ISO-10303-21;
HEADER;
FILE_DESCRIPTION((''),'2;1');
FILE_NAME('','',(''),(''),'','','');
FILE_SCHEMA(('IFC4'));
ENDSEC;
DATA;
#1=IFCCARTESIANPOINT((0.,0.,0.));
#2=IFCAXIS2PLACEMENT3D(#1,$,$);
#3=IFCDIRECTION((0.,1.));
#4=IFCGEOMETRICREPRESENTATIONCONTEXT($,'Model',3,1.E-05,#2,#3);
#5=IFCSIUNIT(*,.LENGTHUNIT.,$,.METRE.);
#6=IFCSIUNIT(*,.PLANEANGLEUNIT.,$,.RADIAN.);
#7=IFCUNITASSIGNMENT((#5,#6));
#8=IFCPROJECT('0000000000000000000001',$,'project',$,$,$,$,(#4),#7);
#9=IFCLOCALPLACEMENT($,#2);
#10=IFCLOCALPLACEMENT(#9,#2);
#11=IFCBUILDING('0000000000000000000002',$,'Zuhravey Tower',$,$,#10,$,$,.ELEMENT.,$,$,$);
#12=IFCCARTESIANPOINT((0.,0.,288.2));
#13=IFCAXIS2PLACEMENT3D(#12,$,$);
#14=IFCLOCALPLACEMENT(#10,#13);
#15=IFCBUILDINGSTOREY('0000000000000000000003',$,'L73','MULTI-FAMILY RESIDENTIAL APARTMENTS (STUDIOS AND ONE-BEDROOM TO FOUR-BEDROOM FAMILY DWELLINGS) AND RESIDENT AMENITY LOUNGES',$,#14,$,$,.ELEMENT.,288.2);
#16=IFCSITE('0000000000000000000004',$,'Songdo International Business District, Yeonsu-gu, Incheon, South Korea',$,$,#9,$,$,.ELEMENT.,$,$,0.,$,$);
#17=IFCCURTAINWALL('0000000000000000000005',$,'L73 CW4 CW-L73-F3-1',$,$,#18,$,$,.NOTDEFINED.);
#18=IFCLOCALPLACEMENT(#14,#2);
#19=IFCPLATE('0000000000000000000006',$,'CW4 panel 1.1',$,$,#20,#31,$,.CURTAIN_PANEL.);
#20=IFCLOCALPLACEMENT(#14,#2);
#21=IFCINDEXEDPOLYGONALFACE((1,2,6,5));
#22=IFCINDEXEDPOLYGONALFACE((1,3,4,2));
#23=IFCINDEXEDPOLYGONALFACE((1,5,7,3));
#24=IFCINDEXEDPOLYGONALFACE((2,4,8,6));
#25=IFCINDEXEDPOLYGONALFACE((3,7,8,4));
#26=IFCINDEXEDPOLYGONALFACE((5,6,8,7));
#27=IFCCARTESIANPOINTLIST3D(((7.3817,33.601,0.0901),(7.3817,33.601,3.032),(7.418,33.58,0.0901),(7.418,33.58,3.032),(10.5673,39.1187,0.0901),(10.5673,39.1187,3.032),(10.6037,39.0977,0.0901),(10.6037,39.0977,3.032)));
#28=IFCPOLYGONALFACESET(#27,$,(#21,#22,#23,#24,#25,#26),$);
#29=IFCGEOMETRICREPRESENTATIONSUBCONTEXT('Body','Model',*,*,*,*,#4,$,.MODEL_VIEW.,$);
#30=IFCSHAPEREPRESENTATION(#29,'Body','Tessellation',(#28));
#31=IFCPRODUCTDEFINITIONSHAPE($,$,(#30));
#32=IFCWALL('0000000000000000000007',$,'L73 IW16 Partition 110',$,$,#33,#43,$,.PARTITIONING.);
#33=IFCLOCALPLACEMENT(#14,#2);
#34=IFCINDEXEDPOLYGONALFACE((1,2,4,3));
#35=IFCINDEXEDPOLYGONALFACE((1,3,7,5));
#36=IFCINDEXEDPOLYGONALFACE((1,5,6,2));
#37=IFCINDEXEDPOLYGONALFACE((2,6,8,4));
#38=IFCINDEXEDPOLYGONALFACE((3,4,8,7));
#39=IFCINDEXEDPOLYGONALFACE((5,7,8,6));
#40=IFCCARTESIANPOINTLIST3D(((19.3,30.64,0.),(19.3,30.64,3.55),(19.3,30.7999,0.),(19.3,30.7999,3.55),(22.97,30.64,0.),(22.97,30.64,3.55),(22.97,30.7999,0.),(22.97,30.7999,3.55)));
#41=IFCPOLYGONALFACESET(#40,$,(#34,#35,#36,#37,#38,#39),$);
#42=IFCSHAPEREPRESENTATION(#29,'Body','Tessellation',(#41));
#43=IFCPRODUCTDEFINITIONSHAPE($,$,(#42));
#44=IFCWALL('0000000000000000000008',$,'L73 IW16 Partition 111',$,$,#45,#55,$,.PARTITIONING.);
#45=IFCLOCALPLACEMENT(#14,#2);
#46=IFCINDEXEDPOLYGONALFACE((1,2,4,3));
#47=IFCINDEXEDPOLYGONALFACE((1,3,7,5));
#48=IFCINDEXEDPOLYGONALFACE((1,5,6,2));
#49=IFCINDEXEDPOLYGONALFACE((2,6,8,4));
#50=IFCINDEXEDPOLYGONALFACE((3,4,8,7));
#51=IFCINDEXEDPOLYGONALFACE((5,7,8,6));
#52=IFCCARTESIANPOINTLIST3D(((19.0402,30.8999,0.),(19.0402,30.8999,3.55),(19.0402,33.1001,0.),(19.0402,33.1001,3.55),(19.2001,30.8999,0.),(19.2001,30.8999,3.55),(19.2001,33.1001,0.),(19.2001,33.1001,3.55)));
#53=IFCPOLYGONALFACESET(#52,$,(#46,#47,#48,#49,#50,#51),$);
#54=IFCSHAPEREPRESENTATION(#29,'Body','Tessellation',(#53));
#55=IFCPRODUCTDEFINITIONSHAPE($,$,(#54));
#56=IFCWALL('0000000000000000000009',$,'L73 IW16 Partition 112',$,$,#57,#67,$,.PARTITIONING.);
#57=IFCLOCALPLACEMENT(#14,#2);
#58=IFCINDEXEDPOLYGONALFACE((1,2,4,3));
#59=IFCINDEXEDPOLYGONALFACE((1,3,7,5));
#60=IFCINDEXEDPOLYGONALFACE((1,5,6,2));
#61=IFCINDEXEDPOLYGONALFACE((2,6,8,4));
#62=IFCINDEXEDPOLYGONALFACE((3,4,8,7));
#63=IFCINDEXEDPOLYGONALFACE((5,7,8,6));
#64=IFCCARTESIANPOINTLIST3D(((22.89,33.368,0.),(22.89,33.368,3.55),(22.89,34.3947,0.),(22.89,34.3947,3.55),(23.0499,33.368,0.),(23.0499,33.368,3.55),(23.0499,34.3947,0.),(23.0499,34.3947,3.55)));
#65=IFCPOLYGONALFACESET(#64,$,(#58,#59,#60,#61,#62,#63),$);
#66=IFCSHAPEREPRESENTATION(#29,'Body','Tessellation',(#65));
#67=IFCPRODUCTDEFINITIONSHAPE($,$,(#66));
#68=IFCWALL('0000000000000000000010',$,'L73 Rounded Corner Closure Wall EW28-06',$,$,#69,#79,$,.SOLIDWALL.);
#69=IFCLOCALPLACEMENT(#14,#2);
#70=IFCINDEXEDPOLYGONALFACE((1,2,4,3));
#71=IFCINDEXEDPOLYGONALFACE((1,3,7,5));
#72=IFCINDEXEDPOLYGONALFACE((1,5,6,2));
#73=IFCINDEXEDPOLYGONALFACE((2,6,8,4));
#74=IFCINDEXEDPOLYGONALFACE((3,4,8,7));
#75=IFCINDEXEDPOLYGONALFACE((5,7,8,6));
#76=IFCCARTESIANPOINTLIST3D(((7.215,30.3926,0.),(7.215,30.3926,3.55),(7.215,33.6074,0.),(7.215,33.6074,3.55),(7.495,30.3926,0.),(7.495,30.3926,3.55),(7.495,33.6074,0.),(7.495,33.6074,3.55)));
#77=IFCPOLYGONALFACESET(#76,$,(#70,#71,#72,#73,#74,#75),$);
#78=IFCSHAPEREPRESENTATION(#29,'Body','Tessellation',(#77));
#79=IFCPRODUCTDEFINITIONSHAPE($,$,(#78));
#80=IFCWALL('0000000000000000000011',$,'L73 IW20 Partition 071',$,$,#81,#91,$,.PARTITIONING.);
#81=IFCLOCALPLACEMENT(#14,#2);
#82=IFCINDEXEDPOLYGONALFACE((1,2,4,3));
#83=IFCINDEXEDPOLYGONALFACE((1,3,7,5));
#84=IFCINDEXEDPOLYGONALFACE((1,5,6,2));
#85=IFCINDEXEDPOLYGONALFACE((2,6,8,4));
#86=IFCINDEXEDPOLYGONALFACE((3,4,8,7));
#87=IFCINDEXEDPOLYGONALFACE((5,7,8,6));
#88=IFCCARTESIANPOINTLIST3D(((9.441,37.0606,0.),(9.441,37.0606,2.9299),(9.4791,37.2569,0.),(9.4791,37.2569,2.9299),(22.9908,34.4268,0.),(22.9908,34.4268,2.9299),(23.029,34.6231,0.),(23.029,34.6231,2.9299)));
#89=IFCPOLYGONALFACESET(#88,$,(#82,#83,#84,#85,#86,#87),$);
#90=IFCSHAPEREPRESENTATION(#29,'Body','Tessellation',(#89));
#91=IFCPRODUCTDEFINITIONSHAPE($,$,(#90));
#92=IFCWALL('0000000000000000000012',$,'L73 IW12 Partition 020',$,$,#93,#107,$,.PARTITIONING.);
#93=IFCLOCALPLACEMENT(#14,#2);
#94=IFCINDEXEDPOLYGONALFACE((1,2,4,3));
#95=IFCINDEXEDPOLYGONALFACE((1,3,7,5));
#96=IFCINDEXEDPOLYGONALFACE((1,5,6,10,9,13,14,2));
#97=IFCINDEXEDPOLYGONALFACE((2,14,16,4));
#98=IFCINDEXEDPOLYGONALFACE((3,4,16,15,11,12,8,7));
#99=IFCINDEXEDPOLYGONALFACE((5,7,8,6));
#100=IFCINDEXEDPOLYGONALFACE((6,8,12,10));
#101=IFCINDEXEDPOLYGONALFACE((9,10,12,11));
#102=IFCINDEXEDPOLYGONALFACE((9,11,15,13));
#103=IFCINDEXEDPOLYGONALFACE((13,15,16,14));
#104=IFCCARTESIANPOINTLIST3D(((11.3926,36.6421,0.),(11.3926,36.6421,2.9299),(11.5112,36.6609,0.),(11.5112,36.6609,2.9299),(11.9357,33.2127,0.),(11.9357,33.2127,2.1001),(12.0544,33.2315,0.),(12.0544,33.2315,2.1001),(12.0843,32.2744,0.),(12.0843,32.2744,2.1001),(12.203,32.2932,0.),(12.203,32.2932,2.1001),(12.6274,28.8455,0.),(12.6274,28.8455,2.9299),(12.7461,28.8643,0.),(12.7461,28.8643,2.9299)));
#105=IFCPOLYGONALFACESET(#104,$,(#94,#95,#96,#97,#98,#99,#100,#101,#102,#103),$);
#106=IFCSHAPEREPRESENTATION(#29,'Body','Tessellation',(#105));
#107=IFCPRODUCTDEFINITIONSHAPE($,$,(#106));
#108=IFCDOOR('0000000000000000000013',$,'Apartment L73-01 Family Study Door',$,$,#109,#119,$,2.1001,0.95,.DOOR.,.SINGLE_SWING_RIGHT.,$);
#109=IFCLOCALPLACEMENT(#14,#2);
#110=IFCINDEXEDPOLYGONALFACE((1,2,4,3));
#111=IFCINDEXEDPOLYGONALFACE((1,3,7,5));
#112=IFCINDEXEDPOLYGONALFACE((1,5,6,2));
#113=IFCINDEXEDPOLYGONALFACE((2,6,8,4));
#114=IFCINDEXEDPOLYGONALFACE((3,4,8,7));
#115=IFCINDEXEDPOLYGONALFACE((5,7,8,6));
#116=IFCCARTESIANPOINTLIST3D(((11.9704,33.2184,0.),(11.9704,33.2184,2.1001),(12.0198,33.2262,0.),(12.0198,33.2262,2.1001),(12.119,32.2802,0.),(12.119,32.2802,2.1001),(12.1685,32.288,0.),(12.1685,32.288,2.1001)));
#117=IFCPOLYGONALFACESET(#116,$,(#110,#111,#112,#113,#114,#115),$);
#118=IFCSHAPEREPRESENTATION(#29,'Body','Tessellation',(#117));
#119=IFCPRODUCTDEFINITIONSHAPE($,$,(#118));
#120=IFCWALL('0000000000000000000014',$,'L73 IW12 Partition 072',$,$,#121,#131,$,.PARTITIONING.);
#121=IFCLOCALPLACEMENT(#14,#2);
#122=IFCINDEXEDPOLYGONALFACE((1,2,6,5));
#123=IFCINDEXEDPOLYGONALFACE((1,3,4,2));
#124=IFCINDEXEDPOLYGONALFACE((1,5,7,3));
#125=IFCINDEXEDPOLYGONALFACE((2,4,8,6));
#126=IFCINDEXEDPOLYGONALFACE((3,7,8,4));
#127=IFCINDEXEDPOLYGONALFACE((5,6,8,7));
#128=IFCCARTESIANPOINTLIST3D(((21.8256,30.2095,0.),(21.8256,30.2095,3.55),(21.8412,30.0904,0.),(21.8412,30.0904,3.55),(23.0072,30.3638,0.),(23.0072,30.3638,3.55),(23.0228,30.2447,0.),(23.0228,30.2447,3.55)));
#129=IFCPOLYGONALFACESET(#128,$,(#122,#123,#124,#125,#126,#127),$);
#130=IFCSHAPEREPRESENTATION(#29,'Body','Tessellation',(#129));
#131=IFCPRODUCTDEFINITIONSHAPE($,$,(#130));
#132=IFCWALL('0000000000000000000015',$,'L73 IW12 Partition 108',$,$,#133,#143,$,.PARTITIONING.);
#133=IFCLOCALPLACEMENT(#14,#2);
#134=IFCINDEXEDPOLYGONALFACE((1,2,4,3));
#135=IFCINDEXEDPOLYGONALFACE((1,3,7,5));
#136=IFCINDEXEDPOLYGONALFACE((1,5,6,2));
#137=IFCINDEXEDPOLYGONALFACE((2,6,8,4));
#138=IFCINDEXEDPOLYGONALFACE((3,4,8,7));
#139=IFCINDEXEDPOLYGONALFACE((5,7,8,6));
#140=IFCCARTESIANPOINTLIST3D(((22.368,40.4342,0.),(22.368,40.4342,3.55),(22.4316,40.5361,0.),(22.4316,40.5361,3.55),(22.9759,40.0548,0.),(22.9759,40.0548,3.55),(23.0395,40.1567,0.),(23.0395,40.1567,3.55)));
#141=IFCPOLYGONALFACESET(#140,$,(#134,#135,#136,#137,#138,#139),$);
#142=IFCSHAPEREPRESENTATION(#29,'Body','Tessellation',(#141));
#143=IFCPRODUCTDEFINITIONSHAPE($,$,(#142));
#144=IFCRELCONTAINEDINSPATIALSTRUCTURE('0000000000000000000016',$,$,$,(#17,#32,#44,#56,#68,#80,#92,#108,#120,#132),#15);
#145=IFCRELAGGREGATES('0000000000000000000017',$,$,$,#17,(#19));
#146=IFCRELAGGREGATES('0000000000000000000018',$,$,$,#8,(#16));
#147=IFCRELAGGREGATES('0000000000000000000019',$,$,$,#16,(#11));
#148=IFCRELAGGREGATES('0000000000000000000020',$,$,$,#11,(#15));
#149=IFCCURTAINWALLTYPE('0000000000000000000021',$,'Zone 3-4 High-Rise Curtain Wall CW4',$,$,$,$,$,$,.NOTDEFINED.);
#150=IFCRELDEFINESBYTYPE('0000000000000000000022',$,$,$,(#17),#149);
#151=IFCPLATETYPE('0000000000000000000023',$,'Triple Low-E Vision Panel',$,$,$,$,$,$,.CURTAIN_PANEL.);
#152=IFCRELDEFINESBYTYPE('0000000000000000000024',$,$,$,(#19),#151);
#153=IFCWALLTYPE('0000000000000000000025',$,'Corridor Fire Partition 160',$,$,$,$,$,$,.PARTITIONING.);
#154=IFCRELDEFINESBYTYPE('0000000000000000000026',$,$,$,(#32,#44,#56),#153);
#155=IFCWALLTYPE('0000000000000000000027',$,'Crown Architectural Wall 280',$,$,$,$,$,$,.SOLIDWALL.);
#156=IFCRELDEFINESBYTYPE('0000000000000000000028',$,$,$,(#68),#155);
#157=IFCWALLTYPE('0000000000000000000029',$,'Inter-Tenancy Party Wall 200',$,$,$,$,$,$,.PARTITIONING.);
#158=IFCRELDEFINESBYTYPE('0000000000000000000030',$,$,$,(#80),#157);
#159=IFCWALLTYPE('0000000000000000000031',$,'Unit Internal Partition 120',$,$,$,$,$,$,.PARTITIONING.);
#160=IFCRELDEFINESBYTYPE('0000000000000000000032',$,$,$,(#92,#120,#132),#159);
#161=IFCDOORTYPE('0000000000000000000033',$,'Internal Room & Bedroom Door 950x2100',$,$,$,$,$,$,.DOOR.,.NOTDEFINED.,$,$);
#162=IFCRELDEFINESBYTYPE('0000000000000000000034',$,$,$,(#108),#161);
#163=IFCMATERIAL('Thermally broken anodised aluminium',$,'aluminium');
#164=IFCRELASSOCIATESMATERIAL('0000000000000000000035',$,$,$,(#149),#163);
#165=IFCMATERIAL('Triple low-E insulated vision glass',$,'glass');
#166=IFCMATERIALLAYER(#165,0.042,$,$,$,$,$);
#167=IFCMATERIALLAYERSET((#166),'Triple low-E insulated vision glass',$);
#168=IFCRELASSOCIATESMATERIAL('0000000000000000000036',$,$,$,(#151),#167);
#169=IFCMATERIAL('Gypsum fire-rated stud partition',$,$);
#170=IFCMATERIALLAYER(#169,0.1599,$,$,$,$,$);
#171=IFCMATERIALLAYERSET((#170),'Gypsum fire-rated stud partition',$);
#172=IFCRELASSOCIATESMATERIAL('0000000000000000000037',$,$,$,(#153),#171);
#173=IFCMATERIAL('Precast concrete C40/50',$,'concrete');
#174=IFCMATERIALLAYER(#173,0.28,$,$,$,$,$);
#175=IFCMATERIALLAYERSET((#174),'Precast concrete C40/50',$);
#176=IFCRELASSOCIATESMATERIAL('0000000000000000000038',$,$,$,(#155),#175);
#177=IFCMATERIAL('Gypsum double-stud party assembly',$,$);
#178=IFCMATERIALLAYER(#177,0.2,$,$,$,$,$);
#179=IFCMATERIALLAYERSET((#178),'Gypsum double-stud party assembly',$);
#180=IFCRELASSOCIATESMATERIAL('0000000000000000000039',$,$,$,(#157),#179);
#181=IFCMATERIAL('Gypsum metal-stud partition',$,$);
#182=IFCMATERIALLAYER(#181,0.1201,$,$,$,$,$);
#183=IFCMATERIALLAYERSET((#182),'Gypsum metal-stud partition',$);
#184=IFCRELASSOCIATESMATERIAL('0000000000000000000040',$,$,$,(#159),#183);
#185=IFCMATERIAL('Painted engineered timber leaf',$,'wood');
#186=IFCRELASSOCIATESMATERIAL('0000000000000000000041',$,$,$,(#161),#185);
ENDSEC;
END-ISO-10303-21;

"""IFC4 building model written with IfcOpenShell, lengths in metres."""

from ifc_helpers import new_model, si_unit, direction, frame, frame_2d, origin, origin_2d, place, context, subcontext, project, spatial, rectangle, extrude, material, layer, layer_set, type_object, element, fill, aggregate, save


model = new_model("IFC4")

# Units and contexts
model_context = context("Model", 3, precision=1e-05, world=origin(), true_north=direction((0.0, 1.0)))
body_context = subcontext(model_context, "Body", "Model", "MODEL_VIEW")
ifc_project = project(units=[si_unit("LENGTHUNIT", "METRE"), si_unit("PLANEANGLEUNIT", "RADIAN")], contexts=[model_context])

# Site, building, storey
site_placement = place(None, origin())
site = spatial("IfcSite", under=ifc_project, at=site_placement, Name="Songdo International Business District, Yeonsu-gu, Incheon, South Korea", CompositionType="ELEMENT", RefElevation=0.0)
building_placement = place(site_placement, origin())
building = spatial("IfcBuilding", under=site, at=building_placement, Name="Zuhravey Tower", CompositionType="ELEMENT")
storey_placement = place(building_placement, frame((0.0, 0.0, 288.2)))
storey = spatial("IfcBuildingStorey", under=building, at=storey_placement, Name="L73", Description="MULTI-FAMILY RESIDENTIAL APARTMENTS (STUDIOS AND ONE-BEDROOM TO FOUR-BEDROOM FAMILY DWELLINGS) AND RESIDENT AMENITY LOUNGES", CompositionType="ELEMENT", Elevation=288.2)

# Shared definitions
ifc_material_1 = material(Name="Thermally broken anodised aluminium", Category="aluminium")
curtain_wall_type = type_object("IfcCurtainWallType", Name="Zone 3-4 High-Rise Curtain Wall CW4", PredefinedType="NOTDEFINED", material=ifc_material_1)

# Curtain wall
curtain_wall_1_placement = place(storey_placement, origin())
curtain_wall_1 = element("IfcCurtainWall", 1, at=curtain_wall_1_placement, inside=storey, type_object=curtain_wall_type, Name="L73 CW4 CW-L73-F3-1", PredefinedType="NOTDEFINED")

# Plate
ifc_material_2 = material(Name="Triple low-E insulated vision glass", Category="glass")
ifc_layer_1 = layer(ifc_material_2, 0.042)
ifc_layer_set_1 = layer_set([ifc_layer_1], Name="Triple low-E insulated vision glass")
plate_type = type_object("IfcPlateType", Name="Triple Low-E Vision Panel", PredefinedType="CURTAIN_PANEL", material=ifc_layer_set_1)
plate_placement = place(storey_placement, frame((8.9927, 36.3494, 0.0901), z_axis=(0.0, 0.0, 1.0), x_axis=(0.500001, 0.866025, 0.0)))
plate = element("IfcPlate", 2, at=plate_placement, type_object=plate_type, Name="CW4 panel 1.1", PredefinedType="CURTAIN_PANEL", context=body_context, shape_type="SweptSolid", body=[
    extrude(rectangle(XDim=6.3713, YDim=0.042, at=origin_2d()), origin(), (0.0, 0.0, 1.0), 2.9419),
])
aggregate(curtain_wall_1, [plate])

# Shared definitions
ifc_material_3 = material(Name="Gypsum fire-rated stud partition")
ifc_layer_2 = layer(ifc_material_3, 0.1599)
ifc_layer_set_2 = layer_set([ifc_layer_2], Name="Gypsum fire-rated stud partition")
wall_type_1 = type_object("IfcWallType", Name="Corridor Fire Partition 160", PredefinedType="PARTITIONING", material=ifc_layer_set_2)

# Walls
wall_1_placement = place(storey_placement, frame((19.3, 30.72, 0.0), z_axis=(0.0, 0.0, 1.0), x_axis=(1.0, 0.0, 0.0)))
element("IfcWall", 3, at=wall_1_placement, inside=storey, type_object=wall_type_1, Name="L73 IW16 Partition 110", PredefinedType="PARTITIONING", context=body_context, shape_type="SweptSolid", body=[
    extrude(rectangle(XDim=3.6699, YDim=0.1599, at=frame_2d((1.835, 0.0))), origin(), (0.0, 0.0, 1.0), 3.55),
])
wall_2_placement = place(storey_placement, frame((19.1201, 33.1001, 0.0), z_axis=(0.0, 0.0, 1.0), x_axis=(0.0, -1.0, 0.0)))
element("IfcWall", 4, at=wall_2_placement, inside=storey, type_object=wall_type_1, Name="L73 IW16 Partition 111", PredefinedType="PARTITIONING", context=body_context, shape_type="SweptSolid", body=[
    extrude(rectangle(XDim=2.2002, YDim=0.1599, at=frame_2d((1.1001, 0.0))), origin(), (0.0, 0.0, 1.0), 3.55),
])
wall_3_placement = place(storey_placement, frame((22.97, 34.3945, 0.0), z_axis=(0.0, 0.0, 1.0), x_axis=(0.0, -1.0, 0.0)))
element("IfcWall", 5, at=wall_3_placement, inside=storey, type_object=wall_type_1, Name="L73 IW16 Partition 112", PredefinedType="PARTITIONING", context=body_context, shape_type="SweptSolid", body=[
    extrude(rectangle(XDim=1.0266, YDim=0.1599, at=frame_2d((0.5132, 0.0))), origin(), (0.0, 0.0, 1.0), 3.55),
])
ifc_material_4 = material(Name="Precast concrete C40/50", Category="concrete")
ifc_layer_3 = layer(ifc_material_4, 0.28)
ifc_layer_set_3 = layer_set([ifc_layer_3], Name="Precast concrete C40/50")
wall_type_2 = type_object("IfcWallType", Name="Crown Architectural Wall 280", PredefinedType="SOLIDWALL", material=ifc_layer_set_3)
wall_4_placement = place(storey_placement, frame((7.355, 30.3926, 0.0), z_axis=(0.0, 0.0, 1.0), x_axis=(0.0, 1.0, 0.0)))
element("IfcWall", 6, at=wall_4_placement, inside=storey, type_object=wall_type_2, Name="L73 Rounded Corner Closure Wall EW28-06", PredefinedType="SOLIDWALL", context=body_context, shape_type="SweptSolid", body=[
    extrude(rectangle(XDim=3.2148, YDim=0.28, at=frame_2d((1.6074, 0.0))), origin(), (0.0, 0.0, 1.0), 3.55),
])
ifc_material_5 = material(Name="Gypsum double-stud party assembly")
ifc_layer_4 = layer(ifc_material_5, 0.2)
ifc_layer_set_4 = layer_set([ifc_layer_4], Name="Gypsum double-stud party assembly")
wall_type_3 = type_object("IfcWallType", Name="Inter-Tenancy Party Wall 200", PredefinedType="PARTITIONING", material=ifc_layer_set_4)
wall_5_placement = place(storey_placement, frame((23.01, 34.5249, 0.0), z_axis=(0.0, 0.0, 1.0), x_axis=(-0.981628, 0.190807, 0.0)))
element("IfcWall", 7, at=wall_5_placement, inside=storey, type_object=wall_type_3, Name="L73 IW20 Partition 071", PredefinedType="PARTITIONING", context=body_context, shape_type="SweptSolid", body=[
    extrude(rectangle(XDim=13.8035, YDim=0.2, at=frame_2d((6.9019, 0.0))), origin(), (0.0, 0.0, 1.0), 2.9299),
])

# Wall, opening, door
ifc_material_6 = material(Name="Gypsum metal-stud partition")
ifc_layer_5 = layer(ifc_material_6, 0.1201)
ifc_layer_set_5 = layer_set([ifc_layer_5], Name="Gypsum metal-stud partition")
wall_type_4 = type_object("IfcWallType", Name="Unit Internal Partition 120", PredefinedType="PARTITIONING", material=ifc_layer_set_5)
wall_6_placement = place(storey_placement, frame((11.4519, 36.6514, 0.0), z_axis=(0.0, 0.0, 1.0), x_axis=(0.156434, -0.987688, 0.0)))
wall_6 = element("IfcWall", 8, at=wall_6_placement, inside=storey, type_object=wall_type_4, Name="L73 IW12 Partition 020", PredefinedType="PARTITIONING", context=body_context, shape_type="SweptSolid", body=[
    extrude(rectangle(XDim=7.8938, YDim=0.1201, at=frame_2d((3.9468, 0.0))), origin(), (0.0, 0.0, 1.0), 2.9299),
])
opening_1_placement = place(wall_6_placement, frame((3.4719, 0.0, 0.0)))
opening_1 = element("IfcOpeningElement", 9, at=opening_1_placement, cuts=wall_6, PredefinedType="OPENING", context=body_context, shape_type="SweptSolid", body=[
    extrude(rectangle(XDim=0.95, YDim=2.1001, at=frame_2d((0.4751, 1.05))), frame((0.0, 0.072, 0.0), z_axis=(0.0, -1.0, 0.0), x_axis=(1.0, 0.0, 0.0)), (0.0, 0.0, 1.0), 0.144),
])
ifc_material_7 = material(Name="Painted engineered timber leaf", Category="wood")
door_type_1 = type_object("IfcDoorType", Name="Internal Room & Bedroom Door 950x2100", OperationType="NOTDEFINED", PredefinedType="DOOR", material=ifc_material_7)
door_1_placement = place(opening_1_placement, frame((0.95, 0.0, 0.0), z_axis=(0.0, 0.0, 1.0), x_axis=(-1.0, 0.0, 0.0)))
door_1 = element("IfcDoor", 10, at=door_1_placement, inside=storey, type_object=door_type_1, Name="Apartment L73-01 Family Study Door", OperationType="SINGLE_SWING_RIGHT", OverallHeight=2.1001, OverallWidth=0.95, PredefinedType="DOOR", context=body_context, shape_type="SweptSolid", body=[
    extrude(rectangle(XDim=0.95, YDim=2.1001, at=frame_2d((0.4751, 1.05))), frame((0.0, 0.0249, 0.0), z_axis=(0.0, -1.0, 0.0), x_axis=(1.0, 0.0, 0.0)), (0.0, 0.0, 1.0), 0.05),
])
fill(opening_1, door_1)

# Walls
wall_7_placement = place(storey_placement, frame((23.0149, 30.3042, 0.0), z_axis=(0.0, 0.0, 1.0), x_axis=(-0.991582, -0.129479, 0.0)))
element("IfcWall", 11, at=wall_7_placement, inside=storey, type_object=wall_type_4, Name="L73 IW12 Partition 072", PredefinedType="PARTITIONING", context=body_context, shape_type="SweptSolid", body=[
    extrude(rectangle(XDim=1.1917, YDim=0.1201, at=frame_2d((0.5957, 0.0))), origin(), (0.0, 0.0, 1.0), 3.55),
])
wall_8_placement = place(storey_placement, frame((23.0078, 40.1057, 0.0), z_axis=(0.0, 0.0, 1.0), x_axis=(-0.848343, 0.529448, 0.0)))
element("IfcWall", 12, at=wall_8_placement, inside=storey, type_object=wall_type_4, Name="L73 IW12 Partition 108", PredefinedType="PARTITIONING", context=body_context, shape_type="SweptSolid", body=[
    extrude(rectangle(XDim=0.7166, YDim=0.1201, at=frame_2d((0.3584, 0.0))), origin(), (0.0, 0.0, 1.0), 3.55),
])

save(model, "model.ifc")
